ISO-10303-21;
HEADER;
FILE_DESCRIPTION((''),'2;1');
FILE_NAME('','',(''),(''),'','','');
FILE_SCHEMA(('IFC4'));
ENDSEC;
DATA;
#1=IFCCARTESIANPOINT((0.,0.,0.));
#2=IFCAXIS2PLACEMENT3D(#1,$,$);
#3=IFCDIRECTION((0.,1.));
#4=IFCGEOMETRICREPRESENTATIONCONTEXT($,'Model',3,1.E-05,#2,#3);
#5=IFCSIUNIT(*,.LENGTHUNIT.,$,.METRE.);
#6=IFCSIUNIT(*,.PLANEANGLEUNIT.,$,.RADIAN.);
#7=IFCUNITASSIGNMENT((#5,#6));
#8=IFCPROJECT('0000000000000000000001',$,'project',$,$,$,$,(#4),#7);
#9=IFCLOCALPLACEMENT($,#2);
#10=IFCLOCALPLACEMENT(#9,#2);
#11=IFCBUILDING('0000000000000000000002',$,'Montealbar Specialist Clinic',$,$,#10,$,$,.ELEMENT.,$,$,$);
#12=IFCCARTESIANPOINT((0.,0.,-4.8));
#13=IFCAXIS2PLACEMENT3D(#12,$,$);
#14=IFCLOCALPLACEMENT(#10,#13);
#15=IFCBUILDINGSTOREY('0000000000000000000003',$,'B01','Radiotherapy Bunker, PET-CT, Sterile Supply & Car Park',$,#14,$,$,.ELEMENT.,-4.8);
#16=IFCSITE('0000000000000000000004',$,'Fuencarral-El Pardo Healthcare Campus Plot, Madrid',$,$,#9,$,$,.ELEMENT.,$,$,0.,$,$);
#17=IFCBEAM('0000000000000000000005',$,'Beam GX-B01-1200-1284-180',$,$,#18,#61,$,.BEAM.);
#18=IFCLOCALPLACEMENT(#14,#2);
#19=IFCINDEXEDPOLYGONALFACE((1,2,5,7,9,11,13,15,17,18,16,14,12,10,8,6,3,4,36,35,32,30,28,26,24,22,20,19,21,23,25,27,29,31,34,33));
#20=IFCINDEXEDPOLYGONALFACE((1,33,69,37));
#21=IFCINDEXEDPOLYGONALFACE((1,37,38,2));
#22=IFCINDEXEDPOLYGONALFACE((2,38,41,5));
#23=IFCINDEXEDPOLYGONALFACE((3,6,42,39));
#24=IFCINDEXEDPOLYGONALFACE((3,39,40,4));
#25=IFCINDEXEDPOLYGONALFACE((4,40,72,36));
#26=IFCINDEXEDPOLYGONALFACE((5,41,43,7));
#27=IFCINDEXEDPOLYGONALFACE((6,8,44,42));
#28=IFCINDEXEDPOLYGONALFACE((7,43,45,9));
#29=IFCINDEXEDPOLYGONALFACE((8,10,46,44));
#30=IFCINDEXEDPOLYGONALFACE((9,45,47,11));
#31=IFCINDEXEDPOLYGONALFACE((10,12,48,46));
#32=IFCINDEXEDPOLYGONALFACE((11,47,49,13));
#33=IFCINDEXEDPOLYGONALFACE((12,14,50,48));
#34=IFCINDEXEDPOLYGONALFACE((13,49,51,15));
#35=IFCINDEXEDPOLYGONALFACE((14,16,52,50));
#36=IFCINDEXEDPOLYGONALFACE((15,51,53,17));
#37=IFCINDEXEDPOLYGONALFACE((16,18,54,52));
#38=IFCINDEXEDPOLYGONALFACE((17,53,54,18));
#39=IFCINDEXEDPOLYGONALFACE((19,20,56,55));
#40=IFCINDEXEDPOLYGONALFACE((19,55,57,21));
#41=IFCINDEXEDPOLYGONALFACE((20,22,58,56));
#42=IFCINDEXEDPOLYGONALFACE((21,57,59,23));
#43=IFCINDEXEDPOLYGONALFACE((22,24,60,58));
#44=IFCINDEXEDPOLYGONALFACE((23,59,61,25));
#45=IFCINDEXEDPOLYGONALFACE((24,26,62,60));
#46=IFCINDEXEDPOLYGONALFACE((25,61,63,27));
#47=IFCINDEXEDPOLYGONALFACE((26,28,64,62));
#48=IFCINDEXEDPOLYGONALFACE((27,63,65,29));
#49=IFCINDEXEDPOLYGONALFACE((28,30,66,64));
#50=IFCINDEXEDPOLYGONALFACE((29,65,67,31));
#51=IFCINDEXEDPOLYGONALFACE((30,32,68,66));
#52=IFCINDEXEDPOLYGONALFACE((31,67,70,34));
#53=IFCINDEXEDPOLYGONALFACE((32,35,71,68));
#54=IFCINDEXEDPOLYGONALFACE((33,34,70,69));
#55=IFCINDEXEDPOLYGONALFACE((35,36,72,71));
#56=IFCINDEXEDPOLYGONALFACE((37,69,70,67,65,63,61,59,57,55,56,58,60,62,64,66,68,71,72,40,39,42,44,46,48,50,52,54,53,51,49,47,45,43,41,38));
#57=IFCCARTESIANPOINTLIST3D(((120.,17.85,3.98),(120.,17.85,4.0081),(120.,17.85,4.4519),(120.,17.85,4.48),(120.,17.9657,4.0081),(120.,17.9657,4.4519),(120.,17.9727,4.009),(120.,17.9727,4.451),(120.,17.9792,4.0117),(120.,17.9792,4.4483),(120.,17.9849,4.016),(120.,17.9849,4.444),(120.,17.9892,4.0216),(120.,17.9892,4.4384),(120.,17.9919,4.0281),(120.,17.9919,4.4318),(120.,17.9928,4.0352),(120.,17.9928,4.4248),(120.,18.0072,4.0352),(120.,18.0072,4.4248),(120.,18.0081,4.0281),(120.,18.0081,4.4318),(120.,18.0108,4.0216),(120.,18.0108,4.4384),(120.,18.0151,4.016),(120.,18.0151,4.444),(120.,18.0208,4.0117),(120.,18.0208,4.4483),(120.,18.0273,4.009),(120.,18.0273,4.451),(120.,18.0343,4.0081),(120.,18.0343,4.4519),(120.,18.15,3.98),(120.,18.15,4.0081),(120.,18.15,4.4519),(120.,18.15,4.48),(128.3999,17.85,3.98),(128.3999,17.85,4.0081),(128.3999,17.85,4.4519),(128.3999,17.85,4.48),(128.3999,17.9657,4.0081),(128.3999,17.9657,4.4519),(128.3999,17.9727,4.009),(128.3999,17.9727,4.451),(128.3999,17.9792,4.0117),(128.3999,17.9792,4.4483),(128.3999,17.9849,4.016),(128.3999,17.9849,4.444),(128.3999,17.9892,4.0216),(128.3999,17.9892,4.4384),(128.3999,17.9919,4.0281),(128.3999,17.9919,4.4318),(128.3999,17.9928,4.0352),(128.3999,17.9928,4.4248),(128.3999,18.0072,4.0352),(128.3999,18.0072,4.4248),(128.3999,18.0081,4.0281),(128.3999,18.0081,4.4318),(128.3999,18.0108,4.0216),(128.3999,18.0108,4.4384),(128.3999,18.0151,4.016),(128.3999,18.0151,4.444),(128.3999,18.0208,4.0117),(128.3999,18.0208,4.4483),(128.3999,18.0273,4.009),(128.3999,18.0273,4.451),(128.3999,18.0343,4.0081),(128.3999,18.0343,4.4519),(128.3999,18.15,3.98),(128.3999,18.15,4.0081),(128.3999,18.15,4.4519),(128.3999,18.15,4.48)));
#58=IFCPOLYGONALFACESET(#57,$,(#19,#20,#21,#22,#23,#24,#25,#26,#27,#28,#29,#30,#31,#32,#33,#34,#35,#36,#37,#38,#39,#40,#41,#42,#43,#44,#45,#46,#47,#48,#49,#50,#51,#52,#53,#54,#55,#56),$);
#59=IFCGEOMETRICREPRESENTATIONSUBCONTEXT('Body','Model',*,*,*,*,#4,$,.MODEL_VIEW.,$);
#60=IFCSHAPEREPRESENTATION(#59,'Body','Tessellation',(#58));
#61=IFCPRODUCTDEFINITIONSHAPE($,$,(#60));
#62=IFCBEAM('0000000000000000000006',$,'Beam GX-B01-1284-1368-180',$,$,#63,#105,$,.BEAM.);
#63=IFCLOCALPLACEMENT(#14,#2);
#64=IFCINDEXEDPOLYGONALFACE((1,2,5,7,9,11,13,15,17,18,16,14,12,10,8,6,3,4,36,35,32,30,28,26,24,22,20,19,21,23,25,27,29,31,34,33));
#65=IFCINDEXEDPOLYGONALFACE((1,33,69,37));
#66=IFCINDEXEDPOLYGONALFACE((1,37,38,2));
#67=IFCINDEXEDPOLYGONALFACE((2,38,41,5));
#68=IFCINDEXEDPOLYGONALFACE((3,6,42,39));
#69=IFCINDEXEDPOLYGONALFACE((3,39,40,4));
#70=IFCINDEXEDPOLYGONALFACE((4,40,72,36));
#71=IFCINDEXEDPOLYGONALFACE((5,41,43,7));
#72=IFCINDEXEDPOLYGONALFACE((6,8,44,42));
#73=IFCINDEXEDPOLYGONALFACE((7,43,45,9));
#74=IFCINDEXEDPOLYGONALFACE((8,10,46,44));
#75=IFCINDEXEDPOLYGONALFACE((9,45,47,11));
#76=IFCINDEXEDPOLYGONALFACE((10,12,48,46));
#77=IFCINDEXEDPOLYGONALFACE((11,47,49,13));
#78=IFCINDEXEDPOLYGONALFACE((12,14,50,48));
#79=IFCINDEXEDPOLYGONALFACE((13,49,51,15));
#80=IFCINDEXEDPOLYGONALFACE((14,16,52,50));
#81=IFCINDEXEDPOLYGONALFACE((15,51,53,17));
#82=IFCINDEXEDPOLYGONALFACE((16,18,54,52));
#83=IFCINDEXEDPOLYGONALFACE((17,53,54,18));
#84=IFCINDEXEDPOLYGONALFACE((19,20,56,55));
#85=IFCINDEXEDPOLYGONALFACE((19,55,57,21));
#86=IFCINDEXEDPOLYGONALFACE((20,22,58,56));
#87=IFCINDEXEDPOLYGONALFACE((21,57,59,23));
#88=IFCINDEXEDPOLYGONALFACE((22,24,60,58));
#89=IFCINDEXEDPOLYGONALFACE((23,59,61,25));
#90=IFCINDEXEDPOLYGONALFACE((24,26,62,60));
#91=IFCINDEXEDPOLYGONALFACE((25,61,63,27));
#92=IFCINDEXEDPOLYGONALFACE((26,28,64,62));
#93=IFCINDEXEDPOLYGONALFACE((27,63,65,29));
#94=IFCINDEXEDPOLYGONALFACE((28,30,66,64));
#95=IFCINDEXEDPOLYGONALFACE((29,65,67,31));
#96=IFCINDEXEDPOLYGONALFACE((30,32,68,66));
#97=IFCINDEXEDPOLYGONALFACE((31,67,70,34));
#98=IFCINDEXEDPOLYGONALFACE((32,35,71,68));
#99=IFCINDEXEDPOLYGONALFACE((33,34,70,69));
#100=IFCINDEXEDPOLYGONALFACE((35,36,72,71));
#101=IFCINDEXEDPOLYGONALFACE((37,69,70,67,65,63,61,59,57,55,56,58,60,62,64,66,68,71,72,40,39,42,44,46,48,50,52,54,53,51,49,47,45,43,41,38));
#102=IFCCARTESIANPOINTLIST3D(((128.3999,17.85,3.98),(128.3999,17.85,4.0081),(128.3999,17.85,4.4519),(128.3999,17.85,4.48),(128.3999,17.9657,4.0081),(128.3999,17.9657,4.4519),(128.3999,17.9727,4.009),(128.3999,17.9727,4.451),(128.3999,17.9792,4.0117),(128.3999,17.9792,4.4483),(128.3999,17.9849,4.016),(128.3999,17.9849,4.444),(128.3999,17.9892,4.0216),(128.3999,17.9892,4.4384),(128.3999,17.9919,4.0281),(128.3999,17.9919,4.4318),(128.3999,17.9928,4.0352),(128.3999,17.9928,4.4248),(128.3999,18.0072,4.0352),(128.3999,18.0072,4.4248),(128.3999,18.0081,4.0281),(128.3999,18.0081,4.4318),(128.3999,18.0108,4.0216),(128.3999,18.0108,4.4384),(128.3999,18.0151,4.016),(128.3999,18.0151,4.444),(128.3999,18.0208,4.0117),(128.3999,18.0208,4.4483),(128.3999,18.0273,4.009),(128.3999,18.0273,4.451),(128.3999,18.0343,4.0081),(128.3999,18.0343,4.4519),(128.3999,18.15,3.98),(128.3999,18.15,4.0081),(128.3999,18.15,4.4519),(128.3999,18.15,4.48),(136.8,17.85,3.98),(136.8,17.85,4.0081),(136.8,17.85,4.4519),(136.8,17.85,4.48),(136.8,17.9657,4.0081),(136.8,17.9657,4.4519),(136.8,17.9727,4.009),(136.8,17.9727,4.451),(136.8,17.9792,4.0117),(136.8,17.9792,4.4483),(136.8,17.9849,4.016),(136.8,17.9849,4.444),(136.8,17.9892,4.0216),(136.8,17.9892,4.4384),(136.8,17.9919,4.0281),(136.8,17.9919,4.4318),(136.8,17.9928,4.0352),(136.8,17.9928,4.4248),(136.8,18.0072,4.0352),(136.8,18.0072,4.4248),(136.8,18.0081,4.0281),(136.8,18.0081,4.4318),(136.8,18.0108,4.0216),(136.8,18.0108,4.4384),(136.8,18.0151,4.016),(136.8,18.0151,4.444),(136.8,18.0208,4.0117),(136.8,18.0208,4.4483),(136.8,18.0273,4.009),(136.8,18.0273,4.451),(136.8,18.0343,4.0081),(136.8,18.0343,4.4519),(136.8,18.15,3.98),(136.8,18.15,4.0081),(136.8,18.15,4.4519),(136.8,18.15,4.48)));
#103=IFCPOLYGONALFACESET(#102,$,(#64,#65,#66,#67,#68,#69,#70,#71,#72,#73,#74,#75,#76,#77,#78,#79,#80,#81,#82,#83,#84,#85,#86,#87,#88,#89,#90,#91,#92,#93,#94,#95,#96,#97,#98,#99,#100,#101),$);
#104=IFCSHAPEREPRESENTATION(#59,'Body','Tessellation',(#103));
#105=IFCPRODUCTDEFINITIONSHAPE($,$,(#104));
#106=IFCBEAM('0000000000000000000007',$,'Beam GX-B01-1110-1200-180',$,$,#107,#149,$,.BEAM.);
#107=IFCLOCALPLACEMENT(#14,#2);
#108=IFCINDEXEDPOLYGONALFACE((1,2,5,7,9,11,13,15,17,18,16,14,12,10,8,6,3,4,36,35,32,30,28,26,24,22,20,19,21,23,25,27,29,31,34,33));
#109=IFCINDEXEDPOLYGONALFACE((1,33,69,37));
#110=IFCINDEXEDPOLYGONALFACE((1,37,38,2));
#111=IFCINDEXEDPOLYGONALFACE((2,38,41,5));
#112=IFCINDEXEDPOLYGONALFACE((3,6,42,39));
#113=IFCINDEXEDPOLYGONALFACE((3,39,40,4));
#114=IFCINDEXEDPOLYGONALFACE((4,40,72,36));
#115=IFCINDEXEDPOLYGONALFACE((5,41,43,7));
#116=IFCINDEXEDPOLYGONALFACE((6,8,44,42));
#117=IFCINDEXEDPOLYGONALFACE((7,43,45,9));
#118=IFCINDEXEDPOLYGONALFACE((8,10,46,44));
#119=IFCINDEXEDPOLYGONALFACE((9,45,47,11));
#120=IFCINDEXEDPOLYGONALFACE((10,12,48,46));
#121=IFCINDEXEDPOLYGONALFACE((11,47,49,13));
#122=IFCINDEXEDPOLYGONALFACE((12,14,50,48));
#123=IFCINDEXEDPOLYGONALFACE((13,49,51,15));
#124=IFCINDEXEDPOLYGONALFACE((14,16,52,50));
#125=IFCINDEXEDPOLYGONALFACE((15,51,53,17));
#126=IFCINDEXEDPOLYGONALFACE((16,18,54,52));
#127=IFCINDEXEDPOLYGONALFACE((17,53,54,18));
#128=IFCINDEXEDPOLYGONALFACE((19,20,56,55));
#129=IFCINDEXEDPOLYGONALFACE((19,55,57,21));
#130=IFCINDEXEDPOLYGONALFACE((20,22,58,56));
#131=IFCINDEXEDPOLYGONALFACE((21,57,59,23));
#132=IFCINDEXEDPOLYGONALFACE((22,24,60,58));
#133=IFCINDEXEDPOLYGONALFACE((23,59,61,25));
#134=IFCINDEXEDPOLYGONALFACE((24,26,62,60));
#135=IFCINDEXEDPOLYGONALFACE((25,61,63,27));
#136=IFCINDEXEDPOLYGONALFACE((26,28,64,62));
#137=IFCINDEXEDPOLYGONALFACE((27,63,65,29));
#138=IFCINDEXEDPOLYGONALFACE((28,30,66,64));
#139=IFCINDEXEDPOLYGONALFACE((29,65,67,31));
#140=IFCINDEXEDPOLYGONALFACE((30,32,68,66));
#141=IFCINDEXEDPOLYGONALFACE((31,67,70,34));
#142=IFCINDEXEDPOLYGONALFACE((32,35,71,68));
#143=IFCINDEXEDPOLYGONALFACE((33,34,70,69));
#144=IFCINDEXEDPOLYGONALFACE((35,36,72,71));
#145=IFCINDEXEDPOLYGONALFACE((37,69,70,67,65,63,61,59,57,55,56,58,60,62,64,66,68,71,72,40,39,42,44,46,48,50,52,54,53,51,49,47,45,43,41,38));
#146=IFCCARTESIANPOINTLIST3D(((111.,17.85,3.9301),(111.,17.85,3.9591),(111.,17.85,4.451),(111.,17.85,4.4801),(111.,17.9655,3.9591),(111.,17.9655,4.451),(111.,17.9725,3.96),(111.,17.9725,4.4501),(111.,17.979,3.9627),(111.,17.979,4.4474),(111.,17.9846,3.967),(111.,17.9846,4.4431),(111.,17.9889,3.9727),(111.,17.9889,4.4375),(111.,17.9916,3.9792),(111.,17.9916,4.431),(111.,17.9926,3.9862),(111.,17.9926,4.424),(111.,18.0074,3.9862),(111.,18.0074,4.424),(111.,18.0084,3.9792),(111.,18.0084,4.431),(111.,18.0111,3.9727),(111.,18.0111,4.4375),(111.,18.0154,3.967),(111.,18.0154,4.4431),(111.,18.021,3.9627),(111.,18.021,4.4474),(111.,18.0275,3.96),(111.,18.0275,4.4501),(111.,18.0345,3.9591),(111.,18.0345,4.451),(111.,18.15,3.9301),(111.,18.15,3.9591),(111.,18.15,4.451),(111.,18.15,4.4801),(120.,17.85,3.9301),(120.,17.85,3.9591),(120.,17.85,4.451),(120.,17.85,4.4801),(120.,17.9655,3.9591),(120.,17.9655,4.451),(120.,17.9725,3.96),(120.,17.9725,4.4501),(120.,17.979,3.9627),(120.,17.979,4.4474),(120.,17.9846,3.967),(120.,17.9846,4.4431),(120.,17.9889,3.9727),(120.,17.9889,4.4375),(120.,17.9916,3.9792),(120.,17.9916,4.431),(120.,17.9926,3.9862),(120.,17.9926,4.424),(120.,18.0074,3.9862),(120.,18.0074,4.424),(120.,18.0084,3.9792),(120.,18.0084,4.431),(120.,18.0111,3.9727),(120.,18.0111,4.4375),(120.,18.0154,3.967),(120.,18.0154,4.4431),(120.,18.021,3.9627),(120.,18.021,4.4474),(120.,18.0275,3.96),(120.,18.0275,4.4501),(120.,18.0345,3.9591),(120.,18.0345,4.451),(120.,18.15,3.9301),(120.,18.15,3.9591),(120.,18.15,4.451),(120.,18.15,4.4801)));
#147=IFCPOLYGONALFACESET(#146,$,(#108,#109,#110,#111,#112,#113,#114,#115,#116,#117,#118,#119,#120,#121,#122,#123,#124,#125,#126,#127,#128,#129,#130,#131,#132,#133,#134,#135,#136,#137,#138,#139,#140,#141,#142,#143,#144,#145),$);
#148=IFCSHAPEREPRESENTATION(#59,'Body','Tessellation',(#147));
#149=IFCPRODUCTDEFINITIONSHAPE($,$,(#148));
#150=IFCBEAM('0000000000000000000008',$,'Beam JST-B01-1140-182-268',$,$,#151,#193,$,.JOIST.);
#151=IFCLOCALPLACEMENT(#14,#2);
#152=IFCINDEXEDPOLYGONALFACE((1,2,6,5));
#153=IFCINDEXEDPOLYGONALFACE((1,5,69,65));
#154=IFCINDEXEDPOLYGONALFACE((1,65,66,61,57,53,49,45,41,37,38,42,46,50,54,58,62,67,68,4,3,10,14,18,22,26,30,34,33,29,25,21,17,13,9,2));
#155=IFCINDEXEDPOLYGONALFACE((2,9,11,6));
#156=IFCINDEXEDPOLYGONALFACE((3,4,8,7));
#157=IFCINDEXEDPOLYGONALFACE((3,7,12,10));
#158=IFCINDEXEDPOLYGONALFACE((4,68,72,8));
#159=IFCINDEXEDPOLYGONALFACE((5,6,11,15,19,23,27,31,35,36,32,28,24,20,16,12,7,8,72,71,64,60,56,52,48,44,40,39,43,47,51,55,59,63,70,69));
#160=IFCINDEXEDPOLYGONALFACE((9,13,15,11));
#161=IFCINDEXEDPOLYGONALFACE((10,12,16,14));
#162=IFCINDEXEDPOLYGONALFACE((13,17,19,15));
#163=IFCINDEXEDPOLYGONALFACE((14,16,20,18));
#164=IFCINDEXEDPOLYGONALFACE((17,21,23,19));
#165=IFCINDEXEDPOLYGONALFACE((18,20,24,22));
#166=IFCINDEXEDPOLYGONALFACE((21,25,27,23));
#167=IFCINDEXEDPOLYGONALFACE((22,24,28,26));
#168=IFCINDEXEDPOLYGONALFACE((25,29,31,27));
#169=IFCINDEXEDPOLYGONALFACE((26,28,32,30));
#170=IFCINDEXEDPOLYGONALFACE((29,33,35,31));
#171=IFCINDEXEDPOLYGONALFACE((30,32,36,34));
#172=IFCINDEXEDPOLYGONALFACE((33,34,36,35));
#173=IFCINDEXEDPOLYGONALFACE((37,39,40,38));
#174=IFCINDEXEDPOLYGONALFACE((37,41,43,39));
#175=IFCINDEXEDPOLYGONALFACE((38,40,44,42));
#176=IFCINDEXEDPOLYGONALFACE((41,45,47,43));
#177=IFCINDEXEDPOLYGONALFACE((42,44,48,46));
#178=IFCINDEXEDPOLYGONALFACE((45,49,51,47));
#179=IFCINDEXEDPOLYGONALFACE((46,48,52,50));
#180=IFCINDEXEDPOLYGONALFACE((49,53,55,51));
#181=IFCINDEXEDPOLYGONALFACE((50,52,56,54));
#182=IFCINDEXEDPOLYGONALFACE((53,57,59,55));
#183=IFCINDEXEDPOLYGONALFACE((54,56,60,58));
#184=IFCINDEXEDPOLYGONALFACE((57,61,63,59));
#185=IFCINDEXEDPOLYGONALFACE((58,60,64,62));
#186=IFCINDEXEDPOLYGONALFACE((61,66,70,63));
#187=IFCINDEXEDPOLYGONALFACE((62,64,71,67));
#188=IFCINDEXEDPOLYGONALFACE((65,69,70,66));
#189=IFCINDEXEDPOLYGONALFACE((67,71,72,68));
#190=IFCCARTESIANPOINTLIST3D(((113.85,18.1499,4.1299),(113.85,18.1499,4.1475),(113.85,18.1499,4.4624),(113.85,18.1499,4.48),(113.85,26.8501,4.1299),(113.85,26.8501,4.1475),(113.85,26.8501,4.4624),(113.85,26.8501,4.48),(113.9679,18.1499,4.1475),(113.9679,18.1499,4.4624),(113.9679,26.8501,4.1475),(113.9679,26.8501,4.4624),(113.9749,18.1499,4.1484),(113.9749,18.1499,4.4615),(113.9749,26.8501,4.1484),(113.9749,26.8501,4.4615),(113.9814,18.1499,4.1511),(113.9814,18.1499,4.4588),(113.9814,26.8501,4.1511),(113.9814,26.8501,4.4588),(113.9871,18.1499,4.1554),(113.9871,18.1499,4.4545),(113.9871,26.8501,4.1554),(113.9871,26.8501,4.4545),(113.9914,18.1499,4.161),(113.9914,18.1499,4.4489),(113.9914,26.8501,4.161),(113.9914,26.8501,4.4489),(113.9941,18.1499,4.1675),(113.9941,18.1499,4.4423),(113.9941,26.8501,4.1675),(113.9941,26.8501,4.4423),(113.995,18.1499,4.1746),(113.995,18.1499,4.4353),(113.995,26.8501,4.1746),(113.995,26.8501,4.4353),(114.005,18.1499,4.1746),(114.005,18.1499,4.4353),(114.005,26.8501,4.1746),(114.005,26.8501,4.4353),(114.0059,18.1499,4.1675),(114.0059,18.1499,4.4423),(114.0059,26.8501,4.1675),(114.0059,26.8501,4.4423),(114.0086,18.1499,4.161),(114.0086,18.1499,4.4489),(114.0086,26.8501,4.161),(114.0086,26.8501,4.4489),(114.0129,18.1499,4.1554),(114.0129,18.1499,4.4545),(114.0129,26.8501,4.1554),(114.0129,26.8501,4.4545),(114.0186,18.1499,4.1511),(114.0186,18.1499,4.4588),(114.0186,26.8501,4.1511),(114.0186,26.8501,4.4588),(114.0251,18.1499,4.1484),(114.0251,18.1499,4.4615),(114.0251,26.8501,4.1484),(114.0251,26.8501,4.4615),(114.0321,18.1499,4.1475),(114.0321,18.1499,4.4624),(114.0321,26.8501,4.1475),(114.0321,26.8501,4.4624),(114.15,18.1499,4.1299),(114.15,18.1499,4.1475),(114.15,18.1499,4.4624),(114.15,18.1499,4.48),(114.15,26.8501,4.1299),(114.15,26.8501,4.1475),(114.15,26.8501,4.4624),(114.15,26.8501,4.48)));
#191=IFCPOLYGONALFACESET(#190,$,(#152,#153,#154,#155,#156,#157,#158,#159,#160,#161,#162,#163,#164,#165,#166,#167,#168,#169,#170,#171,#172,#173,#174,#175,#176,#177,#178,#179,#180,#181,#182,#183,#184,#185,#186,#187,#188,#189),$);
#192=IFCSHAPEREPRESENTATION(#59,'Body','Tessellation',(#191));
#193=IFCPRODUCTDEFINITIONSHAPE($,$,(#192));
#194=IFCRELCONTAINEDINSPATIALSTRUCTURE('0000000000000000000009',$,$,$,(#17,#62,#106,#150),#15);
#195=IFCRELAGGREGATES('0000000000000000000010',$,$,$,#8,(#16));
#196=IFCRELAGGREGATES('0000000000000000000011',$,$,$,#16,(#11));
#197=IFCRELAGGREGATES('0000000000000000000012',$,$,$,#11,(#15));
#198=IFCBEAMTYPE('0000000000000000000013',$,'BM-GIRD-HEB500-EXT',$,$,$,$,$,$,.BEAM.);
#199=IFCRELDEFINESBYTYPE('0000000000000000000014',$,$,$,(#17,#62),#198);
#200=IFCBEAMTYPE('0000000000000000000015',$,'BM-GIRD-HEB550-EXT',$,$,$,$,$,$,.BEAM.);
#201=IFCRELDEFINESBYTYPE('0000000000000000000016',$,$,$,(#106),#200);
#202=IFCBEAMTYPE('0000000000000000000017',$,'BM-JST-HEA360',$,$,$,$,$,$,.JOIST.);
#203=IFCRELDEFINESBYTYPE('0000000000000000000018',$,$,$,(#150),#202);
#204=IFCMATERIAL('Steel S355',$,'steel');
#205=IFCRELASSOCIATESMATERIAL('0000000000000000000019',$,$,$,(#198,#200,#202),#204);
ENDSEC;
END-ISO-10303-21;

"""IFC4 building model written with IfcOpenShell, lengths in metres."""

from ifc_helpers import new_model, si_unit, direction, frame, origin, origin_2d, place, context, subcontext, project, spatial, i_section, extrude, material, material_profile, profile_set, type_object, element, save


model = new_model("IFC4")

# Units and contexts
model_context = context("Model", 3, precision=1e-05, world=origin(), true_north=direction((0.0, 1.0)))
body_context = subcontext(model_context, "Body", "Model", "MODEL_VIEW")
ifc_project = project(units=[si_unit("LENGTHUNIT", "METRE"), si_unit("PLANEANGLEUNIT", "RADIAN")], contexts=[model_context])

# Site, building, storey
site_placement = place(None, origin())
site = spatial("IfcSite", under=ifc_project, at=site_placement, Name="Fuencarral-El Pardo Healthcare Campus Plot, Madrid", CompositionType="ELEMENT", RefElevation=0.0)
building_placement = place(site_placement, origin())
building = spatial("IfcBuilding", under=site, at=building_placement, Name="Montealbar Specialist Clinic", CompositionType="ELEMENT")
storey_placement = place(building_placement, frame((0.0, 0.0, -4.8)))
storey = spatial("IfcBuildingStorey", under=building, at=storey_placement, Name="B01", Description="Radiotherapy Bunker, PET-CT, Sterile Supply & Car Park", CompositionType="ELEMENT", Elevation=-4.8)

# Shared definitions
ifc_material_1 = material(Name="Steel S355", Category="steel")

# Beams
ifc_material_profile_1 = material_profile(ifc_material_1, i_section(OverallWidth=0.3, OverallDepth=0.5, WebThickness=0.0144, FlangeThickness=0.0281, FilletRadius=0.0271, at=origin_2d()), Name="HEB 500", Category="steel")
ifc_profile_set_1 = profile_set([ifc_material_profile_1], Name="Steel S355")
beam_type_1 = type_object("IfcBeamType", Name="BM-GIRD-HEB500-EXT", PredefinedType="BEAM", material=ifc_profile_set_1)
beam_1_placement = place(storey_placement, frame((120.0, 18.0, 4.23), z_axis=(1.0, 0.0, 0.0), x_axis=(0.0, 1.0, 0.0)))
element("IfcBeam", 1, at=beam_1_placement, inside=storey, type_object=beam_type_1, Name="Beam GX-B01-1200-1284-180", PredefinedType="BEAM", context=body_context, shape_type="SweptSolid", body=[
    extrude(i_section(OverallWidth=0.3, OverallDepth=0.5, WebThickness=0.0144, FlangeThickness=0.0281, FilletRadius=0.0271, at=origin_2d()), origin(), (0.0, 0.0, 1.0), 8.3999),
])
beam_2_placement = place(storey_placement, frame((128.3999, 18.0, 4.23), z_axis=(1.0, 0.0, 0.0), x_axis=(0.0, 1.0, 0.0)))
element("IfcBeam", 2, at=beam_2_placement, inside=storey, type_object=beam_type_1, Name="Beam GX-B01-1284-1368-180", PredefinedType="BEAM", context=body_context, shape_type="SweptSolid", body=[
    extrude(i_section(OverallWidth=0.3, OverallDepth=0.5, WebThickness=0.0144, FlangeThickness=0.0281, FilletRadius=0.0271, at=origin_2d()), origin(), (0.0, 0.0, 1.0), 8.4001),
])
ifc_material_profile_2 = material_profile(ifc_material_1, i_section(OverallWidth=0.3, OverallDepth=0.55, WebThickness=0.0149, FlangeThickness=0.0291, FilletRadius=0.0271, at=origin_2d()), Name="HEB 550", Category="steel")
ifc_profile_set_2 = profile_set([ifc_material_profile_2], Name="Steel S355")
beam_type_2 = type_object("IfcBeamType", Name="BM-GIRD-HEB550-EXT", PredefinedType="BEAM", material=ifc_profile_set_2)
beam_3_placement = place(storey_placement, frame((111.0, 18.0, 4.2051), z_axis=(1.0, 0.0, 0.0), x_axis=(0.0, 1.0, 0.0)))
element("IfcBeam", 3, at=beam_3_placement, inside=storey, type_object=beam_type_2, Name="Beam GX-B01-1110-1200-180", PredefinedType="BEAM", context=body_context, shape_type="SweptSolid", body=[
    extrude(i_section(OverallWidth=0.3, OverallDepth=0.55, WebThickness=0.0149, FlangeThickness=0.0291, FilletRadius=0.0271, at=origin_2d()), origin(), (0.0, 0.0, 1.0), 9.0),
])
ifc_material_profile_3 = material_profile(ifc_material_1, i_section(OverallWidth=0.3, OverallDepth=0.3501, WebThickness=0.01, FlangeThickness=0.0176, FilletRadius=0.0271, at=origin_2d()), Name="HEA 360", Category="steel")
ifc_profile_set_3 = profile_set([ifc_material_profile_3], Name="Steel S355")
beam_type_3 = type_object("IfcBeamType", Name="BM-JST-HEA360", PredefinedType="JOIST", material=ifc_profile_set_3)
beam_4_placement = place(storey_placement, frame((114.0, 18.1499, 4.3049), z_axis=(0.0, 1.0, 0.0), x_axis=(-1.0, 0.0, 0.0)))
element("IfcBeam", 4, at=beam_4_placement, inside=storey, type_object=beam_type_3, Name="Beam JST-B01-1140-182-268", PredefinedType="JOIST", context=body_context, shape_type="SweptSolid", body=[
    extrude(i_section(OverallWidth=0.3, OverallDepth=0.3501, WebThickness=0.01, FlangeThickness=0.0176, FilletRadius=0.0271, at=origin_2d()), origin(), (0.0, 0.0, 1.0), 8.7002),
])

save(model, "model.ifc")
